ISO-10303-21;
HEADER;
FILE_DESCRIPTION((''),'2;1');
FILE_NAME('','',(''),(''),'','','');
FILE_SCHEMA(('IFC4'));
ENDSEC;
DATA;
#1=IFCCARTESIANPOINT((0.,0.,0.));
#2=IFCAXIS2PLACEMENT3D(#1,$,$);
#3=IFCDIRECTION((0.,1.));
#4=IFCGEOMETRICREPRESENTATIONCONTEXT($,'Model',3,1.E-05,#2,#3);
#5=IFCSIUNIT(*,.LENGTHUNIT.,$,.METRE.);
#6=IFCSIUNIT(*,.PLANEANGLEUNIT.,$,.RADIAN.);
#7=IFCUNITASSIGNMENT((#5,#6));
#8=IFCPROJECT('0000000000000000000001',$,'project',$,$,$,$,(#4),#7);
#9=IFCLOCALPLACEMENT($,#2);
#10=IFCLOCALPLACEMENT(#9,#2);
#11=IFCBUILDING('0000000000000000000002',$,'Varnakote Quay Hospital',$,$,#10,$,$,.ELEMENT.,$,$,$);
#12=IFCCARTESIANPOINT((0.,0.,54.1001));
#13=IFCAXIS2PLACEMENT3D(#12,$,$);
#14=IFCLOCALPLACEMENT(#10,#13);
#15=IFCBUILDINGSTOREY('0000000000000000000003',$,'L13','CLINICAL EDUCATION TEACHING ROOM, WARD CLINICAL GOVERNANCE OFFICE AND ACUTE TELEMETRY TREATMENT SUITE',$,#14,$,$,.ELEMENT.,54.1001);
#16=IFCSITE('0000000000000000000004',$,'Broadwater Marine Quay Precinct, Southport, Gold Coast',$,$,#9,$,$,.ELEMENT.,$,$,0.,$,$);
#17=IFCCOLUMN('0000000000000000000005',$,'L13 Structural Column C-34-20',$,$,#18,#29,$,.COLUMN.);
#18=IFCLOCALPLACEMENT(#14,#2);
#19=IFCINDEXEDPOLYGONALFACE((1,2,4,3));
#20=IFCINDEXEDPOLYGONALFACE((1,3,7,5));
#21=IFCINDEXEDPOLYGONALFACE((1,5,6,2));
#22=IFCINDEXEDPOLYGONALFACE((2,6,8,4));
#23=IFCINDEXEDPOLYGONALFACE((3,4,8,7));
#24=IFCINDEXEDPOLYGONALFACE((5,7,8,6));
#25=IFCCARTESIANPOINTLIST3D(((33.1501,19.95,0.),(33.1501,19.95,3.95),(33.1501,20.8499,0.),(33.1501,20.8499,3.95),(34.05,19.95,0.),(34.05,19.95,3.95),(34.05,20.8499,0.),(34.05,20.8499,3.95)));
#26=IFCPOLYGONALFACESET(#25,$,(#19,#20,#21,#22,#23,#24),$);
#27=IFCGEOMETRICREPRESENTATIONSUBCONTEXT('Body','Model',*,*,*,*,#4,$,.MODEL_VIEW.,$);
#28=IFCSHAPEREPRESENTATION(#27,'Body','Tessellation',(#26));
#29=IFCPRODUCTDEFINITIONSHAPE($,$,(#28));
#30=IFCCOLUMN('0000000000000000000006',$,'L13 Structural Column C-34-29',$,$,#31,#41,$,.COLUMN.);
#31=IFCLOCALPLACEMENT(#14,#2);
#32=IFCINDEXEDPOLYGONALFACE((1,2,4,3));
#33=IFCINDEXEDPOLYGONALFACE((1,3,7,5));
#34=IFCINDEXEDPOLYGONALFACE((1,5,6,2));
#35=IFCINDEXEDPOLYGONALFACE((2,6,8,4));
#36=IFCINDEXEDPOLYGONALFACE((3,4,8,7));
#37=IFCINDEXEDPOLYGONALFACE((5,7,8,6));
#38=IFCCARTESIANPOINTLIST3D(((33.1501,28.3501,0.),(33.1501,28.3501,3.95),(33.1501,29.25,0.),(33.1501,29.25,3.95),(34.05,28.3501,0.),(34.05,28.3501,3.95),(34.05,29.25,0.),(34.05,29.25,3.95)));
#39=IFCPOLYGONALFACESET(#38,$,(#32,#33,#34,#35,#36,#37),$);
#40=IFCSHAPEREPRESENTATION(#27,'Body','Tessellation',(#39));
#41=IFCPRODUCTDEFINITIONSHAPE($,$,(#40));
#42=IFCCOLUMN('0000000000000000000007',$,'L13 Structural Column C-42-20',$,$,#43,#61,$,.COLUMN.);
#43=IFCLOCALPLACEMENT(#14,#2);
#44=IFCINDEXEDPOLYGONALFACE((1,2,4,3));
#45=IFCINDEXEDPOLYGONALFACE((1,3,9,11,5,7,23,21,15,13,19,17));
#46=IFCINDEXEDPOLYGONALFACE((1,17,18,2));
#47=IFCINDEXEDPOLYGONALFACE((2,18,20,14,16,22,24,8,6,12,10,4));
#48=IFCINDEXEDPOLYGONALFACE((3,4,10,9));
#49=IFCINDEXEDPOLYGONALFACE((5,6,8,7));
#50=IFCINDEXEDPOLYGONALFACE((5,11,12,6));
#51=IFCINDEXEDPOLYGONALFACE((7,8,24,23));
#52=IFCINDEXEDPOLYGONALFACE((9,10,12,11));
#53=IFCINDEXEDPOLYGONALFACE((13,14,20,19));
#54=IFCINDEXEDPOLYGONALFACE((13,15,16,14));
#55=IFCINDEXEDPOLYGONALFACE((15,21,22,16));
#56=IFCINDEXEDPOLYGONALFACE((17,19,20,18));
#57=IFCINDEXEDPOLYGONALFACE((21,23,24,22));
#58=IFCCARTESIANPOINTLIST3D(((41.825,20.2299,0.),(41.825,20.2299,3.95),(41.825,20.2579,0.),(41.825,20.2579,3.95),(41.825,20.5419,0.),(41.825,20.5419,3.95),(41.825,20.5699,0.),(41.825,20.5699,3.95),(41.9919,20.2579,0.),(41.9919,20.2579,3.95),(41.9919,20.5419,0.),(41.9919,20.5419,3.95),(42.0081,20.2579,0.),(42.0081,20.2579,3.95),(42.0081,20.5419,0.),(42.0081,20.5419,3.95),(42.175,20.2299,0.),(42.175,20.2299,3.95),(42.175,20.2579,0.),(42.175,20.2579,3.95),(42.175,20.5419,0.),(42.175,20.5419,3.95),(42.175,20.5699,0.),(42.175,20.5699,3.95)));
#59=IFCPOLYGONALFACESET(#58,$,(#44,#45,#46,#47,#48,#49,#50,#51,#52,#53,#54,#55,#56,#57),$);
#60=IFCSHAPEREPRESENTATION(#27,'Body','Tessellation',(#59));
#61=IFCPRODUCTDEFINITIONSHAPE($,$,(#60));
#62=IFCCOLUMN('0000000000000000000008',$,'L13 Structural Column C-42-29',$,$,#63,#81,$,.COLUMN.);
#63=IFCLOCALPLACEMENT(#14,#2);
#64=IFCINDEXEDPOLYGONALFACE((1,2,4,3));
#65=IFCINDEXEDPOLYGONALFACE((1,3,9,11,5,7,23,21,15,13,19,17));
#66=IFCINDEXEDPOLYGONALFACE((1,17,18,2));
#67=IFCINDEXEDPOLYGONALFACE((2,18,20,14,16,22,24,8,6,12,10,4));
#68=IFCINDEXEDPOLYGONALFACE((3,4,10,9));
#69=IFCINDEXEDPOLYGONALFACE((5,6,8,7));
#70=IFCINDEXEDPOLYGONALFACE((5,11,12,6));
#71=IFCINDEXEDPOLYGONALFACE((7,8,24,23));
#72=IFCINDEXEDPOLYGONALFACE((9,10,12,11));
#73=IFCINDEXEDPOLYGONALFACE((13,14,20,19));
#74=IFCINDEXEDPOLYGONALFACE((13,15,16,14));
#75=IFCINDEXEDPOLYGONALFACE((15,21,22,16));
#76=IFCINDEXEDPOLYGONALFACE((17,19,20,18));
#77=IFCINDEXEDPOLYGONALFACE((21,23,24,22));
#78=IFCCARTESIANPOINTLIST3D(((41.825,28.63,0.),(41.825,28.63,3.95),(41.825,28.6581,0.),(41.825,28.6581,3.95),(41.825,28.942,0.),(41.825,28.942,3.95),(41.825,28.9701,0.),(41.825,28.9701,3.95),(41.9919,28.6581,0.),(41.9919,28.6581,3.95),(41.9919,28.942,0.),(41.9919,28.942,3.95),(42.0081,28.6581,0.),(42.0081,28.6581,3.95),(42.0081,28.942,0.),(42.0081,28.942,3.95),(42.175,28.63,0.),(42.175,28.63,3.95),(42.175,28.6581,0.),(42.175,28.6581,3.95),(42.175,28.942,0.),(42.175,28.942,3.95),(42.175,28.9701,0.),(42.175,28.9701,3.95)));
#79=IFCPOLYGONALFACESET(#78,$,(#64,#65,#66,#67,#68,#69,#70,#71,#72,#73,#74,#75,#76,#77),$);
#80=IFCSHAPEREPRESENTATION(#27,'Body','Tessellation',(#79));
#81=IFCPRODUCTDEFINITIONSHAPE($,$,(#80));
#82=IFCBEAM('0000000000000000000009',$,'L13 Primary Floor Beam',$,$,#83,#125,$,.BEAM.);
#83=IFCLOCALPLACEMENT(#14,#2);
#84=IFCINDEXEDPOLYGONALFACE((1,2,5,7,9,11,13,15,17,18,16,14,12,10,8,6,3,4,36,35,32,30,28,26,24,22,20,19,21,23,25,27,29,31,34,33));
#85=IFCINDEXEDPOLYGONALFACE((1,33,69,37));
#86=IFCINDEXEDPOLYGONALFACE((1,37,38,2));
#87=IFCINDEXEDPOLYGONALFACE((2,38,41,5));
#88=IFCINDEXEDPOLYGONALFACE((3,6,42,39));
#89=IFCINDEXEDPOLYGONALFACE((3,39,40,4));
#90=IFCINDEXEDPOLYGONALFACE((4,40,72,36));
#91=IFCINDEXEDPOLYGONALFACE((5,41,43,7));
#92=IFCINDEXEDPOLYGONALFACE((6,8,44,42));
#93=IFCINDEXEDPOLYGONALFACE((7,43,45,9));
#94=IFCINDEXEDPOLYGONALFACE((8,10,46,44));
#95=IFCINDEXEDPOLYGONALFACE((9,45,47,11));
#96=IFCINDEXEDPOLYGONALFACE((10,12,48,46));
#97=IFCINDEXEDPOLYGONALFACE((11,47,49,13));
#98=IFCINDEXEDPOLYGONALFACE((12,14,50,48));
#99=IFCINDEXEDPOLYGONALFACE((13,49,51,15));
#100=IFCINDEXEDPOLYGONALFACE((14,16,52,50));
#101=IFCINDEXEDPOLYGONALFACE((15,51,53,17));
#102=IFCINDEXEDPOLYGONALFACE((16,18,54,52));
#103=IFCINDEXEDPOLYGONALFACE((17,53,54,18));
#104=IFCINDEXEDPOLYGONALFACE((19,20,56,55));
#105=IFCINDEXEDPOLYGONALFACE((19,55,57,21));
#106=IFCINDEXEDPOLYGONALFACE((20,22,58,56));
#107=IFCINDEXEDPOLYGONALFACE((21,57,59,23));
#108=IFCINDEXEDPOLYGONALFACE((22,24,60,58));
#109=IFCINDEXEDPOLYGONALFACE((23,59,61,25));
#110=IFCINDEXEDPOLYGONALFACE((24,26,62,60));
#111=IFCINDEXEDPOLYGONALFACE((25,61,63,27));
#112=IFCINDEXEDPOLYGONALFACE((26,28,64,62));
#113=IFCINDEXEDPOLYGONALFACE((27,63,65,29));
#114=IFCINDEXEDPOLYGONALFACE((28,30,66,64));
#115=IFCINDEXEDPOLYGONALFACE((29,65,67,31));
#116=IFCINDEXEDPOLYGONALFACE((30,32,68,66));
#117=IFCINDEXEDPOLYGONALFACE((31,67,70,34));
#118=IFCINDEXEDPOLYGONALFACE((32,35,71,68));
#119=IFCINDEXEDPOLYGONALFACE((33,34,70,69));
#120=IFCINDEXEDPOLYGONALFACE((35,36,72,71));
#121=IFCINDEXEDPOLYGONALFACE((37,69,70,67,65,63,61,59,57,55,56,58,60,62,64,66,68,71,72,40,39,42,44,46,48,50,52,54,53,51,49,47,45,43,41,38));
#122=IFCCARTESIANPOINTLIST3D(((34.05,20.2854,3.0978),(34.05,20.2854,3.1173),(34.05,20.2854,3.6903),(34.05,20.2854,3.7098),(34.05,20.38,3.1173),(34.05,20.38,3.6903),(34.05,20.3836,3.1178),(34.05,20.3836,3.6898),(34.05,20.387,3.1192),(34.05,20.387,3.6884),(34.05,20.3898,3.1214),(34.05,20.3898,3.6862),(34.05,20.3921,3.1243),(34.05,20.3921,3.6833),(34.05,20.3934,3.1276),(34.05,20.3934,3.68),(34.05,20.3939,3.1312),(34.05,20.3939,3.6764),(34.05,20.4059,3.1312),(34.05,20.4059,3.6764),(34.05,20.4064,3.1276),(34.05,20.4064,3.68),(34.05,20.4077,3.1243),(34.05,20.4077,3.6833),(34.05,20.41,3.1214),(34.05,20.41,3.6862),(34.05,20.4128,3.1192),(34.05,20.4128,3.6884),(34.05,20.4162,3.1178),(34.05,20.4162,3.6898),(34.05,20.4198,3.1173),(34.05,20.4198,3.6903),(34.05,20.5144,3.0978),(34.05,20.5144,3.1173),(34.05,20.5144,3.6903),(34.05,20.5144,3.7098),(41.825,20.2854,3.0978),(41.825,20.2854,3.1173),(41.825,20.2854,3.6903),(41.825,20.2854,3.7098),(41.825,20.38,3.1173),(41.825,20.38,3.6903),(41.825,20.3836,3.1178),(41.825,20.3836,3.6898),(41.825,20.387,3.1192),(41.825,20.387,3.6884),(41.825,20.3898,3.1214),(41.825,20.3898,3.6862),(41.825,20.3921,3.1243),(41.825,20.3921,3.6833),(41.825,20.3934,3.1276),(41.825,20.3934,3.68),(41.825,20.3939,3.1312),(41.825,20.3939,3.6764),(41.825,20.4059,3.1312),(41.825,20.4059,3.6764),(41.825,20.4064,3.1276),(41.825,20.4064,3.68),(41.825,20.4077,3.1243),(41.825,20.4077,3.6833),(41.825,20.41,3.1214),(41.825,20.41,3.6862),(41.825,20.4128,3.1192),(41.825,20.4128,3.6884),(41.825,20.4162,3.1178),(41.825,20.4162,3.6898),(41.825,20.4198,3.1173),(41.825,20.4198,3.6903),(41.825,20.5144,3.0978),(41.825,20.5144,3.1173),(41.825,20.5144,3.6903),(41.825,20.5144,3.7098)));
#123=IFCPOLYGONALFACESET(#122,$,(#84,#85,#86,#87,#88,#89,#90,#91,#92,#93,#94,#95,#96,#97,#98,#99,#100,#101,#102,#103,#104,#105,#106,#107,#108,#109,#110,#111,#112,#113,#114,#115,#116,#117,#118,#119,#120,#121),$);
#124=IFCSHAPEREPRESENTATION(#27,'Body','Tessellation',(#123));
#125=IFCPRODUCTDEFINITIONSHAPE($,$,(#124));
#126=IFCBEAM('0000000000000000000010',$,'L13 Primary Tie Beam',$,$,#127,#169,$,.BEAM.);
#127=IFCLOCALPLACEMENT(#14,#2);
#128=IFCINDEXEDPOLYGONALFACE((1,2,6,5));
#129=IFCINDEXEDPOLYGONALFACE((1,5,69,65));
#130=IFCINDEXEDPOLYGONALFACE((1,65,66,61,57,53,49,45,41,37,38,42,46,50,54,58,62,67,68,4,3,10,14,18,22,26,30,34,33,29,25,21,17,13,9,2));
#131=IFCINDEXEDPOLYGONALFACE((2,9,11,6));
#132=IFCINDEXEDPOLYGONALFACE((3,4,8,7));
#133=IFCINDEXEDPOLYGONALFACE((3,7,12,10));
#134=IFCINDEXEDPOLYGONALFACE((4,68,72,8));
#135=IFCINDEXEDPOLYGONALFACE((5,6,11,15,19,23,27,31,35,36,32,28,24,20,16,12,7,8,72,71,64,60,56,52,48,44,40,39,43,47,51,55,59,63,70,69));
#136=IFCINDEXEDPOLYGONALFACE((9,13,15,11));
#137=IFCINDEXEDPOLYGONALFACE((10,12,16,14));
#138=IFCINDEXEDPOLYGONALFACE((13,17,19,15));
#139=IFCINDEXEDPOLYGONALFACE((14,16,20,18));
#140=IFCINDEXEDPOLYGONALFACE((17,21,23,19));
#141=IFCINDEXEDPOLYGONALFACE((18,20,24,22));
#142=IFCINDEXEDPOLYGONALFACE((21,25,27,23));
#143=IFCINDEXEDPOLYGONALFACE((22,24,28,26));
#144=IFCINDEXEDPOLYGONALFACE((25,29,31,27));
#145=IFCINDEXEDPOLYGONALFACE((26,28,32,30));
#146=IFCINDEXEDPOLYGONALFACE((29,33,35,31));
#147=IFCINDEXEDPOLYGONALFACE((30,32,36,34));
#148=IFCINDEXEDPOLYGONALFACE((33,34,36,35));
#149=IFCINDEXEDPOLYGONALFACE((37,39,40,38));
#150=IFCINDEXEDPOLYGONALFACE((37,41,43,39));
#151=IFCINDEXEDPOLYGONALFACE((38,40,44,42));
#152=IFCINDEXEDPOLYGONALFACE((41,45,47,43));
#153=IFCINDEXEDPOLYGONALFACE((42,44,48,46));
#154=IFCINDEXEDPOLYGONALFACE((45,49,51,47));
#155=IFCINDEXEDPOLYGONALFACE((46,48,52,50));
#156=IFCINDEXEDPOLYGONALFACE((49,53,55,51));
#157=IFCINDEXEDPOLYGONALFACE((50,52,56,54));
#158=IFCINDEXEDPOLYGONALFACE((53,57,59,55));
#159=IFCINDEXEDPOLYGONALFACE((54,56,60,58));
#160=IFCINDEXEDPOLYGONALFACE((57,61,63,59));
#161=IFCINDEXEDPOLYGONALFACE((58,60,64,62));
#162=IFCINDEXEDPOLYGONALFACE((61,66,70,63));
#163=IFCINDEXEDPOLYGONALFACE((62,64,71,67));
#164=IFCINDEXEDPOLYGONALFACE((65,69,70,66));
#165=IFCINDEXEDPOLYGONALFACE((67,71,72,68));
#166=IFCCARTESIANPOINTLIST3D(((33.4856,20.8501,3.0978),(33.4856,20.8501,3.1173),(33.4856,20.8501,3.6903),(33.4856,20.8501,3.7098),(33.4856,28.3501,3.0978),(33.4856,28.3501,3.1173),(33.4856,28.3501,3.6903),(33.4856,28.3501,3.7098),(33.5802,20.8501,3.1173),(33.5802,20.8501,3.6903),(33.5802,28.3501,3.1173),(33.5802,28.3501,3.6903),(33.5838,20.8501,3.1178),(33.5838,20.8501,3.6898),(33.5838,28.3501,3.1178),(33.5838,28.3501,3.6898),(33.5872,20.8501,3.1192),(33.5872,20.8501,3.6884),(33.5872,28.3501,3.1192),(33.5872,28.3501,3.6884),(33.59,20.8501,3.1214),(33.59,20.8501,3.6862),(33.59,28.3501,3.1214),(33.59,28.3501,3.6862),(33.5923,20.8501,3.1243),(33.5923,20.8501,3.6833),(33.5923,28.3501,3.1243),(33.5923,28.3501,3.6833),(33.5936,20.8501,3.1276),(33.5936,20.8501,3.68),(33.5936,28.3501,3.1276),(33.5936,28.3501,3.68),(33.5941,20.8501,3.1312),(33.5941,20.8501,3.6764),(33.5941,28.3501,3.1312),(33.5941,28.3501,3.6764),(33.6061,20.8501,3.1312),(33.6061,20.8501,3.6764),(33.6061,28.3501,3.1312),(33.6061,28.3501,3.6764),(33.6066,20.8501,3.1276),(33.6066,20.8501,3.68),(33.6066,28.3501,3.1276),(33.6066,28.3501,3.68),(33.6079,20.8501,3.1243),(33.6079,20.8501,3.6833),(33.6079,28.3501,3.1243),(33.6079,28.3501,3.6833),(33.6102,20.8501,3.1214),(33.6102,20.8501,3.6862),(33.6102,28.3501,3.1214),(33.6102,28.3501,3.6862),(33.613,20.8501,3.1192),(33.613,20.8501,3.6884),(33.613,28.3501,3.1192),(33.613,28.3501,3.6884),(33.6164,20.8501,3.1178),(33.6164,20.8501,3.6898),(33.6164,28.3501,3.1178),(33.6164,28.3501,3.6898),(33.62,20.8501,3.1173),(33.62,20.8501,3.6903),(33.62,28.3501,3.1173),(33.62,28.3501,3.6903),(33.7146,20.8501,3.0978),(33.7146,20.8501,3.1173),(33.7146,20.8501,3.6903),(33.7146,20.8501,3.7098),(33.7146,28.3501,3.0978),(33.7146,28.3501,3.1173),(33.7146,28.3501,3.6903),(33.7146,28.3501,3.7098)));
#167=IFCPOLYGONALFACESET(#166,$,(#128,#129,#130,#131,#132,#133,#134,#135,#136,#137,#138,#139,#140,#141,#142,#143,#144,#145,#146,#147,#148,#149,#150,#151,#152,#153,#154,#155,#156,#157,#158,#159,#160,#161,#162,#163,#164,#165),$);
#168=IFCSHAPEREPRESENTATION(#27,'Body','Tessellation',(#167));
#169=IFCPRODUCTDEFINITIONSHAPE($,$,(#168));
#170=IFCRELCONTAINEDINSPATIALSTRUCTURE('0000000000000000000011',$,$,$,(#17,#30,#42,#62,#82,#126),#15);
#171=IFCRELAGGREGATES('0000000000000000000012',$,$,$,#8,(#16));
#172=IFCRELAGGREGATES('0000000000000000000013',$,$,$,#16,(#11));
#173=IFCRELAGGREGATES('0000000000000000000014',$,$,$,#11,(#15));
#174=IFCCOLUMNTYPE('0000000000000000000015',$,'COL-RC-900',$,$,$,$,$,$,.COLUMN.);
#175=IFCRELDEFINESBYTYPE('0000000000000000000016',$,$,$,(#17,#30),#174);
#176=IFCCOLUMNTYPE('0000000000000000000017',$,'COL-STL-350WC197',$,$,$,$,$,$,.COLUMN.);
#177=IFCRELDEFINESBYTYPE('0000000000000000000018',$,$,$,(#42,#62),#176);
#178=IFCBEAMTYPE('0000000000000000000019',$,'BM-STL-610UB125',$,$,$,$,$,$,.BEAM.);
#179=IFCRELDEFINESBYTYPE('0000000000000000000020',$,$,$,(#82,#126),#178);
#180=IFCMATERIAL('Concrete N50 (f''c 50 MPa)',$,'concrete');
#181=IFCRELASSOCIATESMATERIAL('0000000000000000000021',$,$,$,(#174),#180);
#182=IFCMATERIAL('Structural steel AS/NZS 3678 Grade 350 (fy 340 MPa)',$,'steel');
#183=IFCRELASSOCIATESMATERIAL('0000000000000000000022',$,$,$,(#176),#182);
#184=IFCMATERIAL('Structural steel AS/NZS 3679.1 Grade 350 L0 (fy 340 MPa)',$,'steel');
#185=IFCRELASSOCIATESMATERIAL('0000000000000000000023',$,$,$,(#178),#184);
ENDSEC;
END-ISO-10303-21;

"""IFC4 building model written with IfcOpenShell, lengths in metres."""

from ifc_helpers import new_model, si_unit, direction, frame, origin, origin_2d, place, context, subcontext, project, spatial, rectangle, i_section, extrude, material, material_profile, profile_set, type_object, element, save


model = new_model("IFC4")

# Units and contexts
model_context = context("Model", 3, precision=1e-05, world=origin(), true_north=direction((0.0, 1.0)))
body_context = subcontext(model_context, "Body", "Model", "MODEL_VIEW")
ifc_project = project(units=[si_unit("LENGTHUNIT", "METRE"), si_unit("PLANEANGLEUNIT", "RADIAN")], contexts=[model_context])

# Site, building, storey
site_placement = place(None, origin())
site = spatial("IfcSite", under=ifc_project, at=site_placement, Name="Broadwater Marine Quay Precinct, Southport, Gold Coast", CompositionType="ELEMENT", RefElevation=0.0)
building_placement = place(site_placement, origin())
building = spatial("IfcBuilding", under=site, at=building_placement, Name="Varnakote Quay Hospital", CompositionType="ELEMENT")
storey_placement = place(building_placement, frame((0.0, 0.0, 54.1001)))
storey = spatial("IfcBuildingStorey", under=building, at=storey_placement, Name="L13", Description="CLINICAL EDUCATION TEACHING ROOM, WARD CLINICAL GOVERNANCE OFFICE AND ACUTE TELEMETRY TREATMENT SUITE", CompositionType="ELEMENT", Elevation=54.1001)

# Columns
ifc_material_1 = material(Name="Concrete N50 (f'c 50 MPa)", Category="concrete")
ifc_material_profile_1 = material_profile(ifc_material_1, rectangle(XDim=0.8999, YDim=0.8999, at=origin_2d()), Name="RC-COL-900x900")
ifc_profile_set_1 = profile_set([ifc_material_profile_1], Name="Concrete N50 (f'c 50 MPa)")
column_type_1 = type_object("IfcColumnType", Name="COL-RC-900", PredefinedType="COLUMN", material=ifc_profile_set_1)
for number, where, z_axis, x_axis, name in (
    (1, (33.6001, 20.3999, 0.0), (0.0, 0.0, 1.0), (1.0, 0.0, 0.0), "L13 Structural Column C-34-20"),
    (2, (33.6001, 28.8, 0.0), (0.0, 0.0, 1.0), (1.0, 0.0, 0.0), "L13 Structural Column C-34-29"),
):
    element("IfcColumn", number, at=place(storey_placement, frame(where, z_axis=z_axis, x_axis=x_axis)), inside=storey, type_object=column_type_1, Name=name, PredefinedType="COLUMN", context=body_context, shape_type="SweptSolid", body=[
        extrude(rectangle(XDim=0.8999, YDim=0.8999, at=origin_2d()), origin(), (0.0, 0.0, 1.0), 3.95),
    ])
ifc_material_2 = material(Name="Structural steel AS/NZS 3678 Grade 350 (fy 340 MPa)", Category="steel")
ifc_material_profile_2 = material_profile(ifc_material_2, i_section(OverallWidth=0.3501, OverallDepth=0.3401, WebThickness=0.0161, FlangeThickness=0.0281, at=origin_2d()), Name="350WC197")
ifc_profile_set_2 = profile_set([ifc_material_profile_2], Name="Structural steel AS/NZS 3678 Grade 350 (fy 340 MPa)")
column_type_2 = type_object("IfcColumnType", Name="COL-STL-350WC197", PredefinedType="COLUMN", material=ifc_profile_set_2)
for number, where, z_axis, x_axis, name in (
    (3, (42.0, 20.3999, 0.0), (0.0, 0.0, 1.0), (1.0, 0.0, 0.0), "L13 Structural Column C-42-20"),
    (4, (42.0, 28.8, 0.0), (0.0, 0.0, 1.0), (1.0, 0.0, 0.0), "L13 Structural Column C-42-29"),
):
    element("IfcColumn", number, at=place(storey_placement, frame(where, z_axis=z_axis, x_axis=x_axis)), inside=storey, type_object=column_type_2, Name=name, PredefinedType="COLUMN", context=body_context, shape_type="SweptSolid", body=[
        extrude(i_section(OverallWidth=0.3501, OverallDepth=0.3401, WebThickness=0.0161, FlangeThickness=0.0281, at=origin_2d()), origin(), (0.0, 0.0, 1.0), 3.95),
    ])

# Beams
ifc_material_3 = material(Name="Structural steel AS/NZS 3679.1 Grade 350 L0 (fy 340 MPa)", Category="steel")
ifc_material_profile_3 = material_profile(ifc_material_3, i_section(OverallWidth=0.229, OverallDepth=0.6121, WebThickness=0.012, FlangeThickness=0.0195, FilletRadius=0.0139, at=origin_2d()), Name="610UB125")
ifc_profile_set_3 = profile_set([ifc_material_profile_3], Name="Structural steel AS/NZS 3679.1 Grade 350 L0 (fy 340 MPa)")
beam_type_1 = type_object("IfcBeamType", Name="BM-STL-610UB125", PredefinedType="BEAM", material=ifc_profile_set_3)
beam_1_placement = place(storey_placement, frame((34.05, 20.3999, 3.4038), z_axis=(1.0, 0.0, 0.0), x_axis=(0.0, 1.0, 0.0)))
element("IfcBeam", 5, at=beam_1_placement, inside=storey, type_object=beam_type_1, Name="L13 Primary Floor Beam", PredefinedType="BEAM", context=body_context, shape_type="SweptSolid", body=[
    extrude(i_section(OverallWidth=0.229, OverallDepth=0.6121, WebThickness=0.012, FlangeThickness=0.0195, FilletRadius=0.0139, at=origin_2d()), origin(), (0.0, 0.0, 1.0), 7.7749),
])
beam_2_placement = place(storey_placement, frame((33.6001, 20.8501, 3.4038), z_axis=(0.0, 1.0, 0.0), x_axis=(-1.0, 0.0, 0.0)))
element("IfcBeam", 6, at=beam_2_placement, inside=storey, type_object=beam_type_1, Name="L13 Primary Tie Beam", PredefinedType="BEAM", context=body_context, shape_type="SweptSolid", body=[
    extrude(i_section(OverallWidth=0.229, OverallDepth=0.6121, WebThickness=0.012, FlangeThickness=0.0195, FilletRadius=0.0139, at=origin_2d()), origin(), (0.0, 0.0, 1.0), 7.5),
])

save(model, "model.ifc")
